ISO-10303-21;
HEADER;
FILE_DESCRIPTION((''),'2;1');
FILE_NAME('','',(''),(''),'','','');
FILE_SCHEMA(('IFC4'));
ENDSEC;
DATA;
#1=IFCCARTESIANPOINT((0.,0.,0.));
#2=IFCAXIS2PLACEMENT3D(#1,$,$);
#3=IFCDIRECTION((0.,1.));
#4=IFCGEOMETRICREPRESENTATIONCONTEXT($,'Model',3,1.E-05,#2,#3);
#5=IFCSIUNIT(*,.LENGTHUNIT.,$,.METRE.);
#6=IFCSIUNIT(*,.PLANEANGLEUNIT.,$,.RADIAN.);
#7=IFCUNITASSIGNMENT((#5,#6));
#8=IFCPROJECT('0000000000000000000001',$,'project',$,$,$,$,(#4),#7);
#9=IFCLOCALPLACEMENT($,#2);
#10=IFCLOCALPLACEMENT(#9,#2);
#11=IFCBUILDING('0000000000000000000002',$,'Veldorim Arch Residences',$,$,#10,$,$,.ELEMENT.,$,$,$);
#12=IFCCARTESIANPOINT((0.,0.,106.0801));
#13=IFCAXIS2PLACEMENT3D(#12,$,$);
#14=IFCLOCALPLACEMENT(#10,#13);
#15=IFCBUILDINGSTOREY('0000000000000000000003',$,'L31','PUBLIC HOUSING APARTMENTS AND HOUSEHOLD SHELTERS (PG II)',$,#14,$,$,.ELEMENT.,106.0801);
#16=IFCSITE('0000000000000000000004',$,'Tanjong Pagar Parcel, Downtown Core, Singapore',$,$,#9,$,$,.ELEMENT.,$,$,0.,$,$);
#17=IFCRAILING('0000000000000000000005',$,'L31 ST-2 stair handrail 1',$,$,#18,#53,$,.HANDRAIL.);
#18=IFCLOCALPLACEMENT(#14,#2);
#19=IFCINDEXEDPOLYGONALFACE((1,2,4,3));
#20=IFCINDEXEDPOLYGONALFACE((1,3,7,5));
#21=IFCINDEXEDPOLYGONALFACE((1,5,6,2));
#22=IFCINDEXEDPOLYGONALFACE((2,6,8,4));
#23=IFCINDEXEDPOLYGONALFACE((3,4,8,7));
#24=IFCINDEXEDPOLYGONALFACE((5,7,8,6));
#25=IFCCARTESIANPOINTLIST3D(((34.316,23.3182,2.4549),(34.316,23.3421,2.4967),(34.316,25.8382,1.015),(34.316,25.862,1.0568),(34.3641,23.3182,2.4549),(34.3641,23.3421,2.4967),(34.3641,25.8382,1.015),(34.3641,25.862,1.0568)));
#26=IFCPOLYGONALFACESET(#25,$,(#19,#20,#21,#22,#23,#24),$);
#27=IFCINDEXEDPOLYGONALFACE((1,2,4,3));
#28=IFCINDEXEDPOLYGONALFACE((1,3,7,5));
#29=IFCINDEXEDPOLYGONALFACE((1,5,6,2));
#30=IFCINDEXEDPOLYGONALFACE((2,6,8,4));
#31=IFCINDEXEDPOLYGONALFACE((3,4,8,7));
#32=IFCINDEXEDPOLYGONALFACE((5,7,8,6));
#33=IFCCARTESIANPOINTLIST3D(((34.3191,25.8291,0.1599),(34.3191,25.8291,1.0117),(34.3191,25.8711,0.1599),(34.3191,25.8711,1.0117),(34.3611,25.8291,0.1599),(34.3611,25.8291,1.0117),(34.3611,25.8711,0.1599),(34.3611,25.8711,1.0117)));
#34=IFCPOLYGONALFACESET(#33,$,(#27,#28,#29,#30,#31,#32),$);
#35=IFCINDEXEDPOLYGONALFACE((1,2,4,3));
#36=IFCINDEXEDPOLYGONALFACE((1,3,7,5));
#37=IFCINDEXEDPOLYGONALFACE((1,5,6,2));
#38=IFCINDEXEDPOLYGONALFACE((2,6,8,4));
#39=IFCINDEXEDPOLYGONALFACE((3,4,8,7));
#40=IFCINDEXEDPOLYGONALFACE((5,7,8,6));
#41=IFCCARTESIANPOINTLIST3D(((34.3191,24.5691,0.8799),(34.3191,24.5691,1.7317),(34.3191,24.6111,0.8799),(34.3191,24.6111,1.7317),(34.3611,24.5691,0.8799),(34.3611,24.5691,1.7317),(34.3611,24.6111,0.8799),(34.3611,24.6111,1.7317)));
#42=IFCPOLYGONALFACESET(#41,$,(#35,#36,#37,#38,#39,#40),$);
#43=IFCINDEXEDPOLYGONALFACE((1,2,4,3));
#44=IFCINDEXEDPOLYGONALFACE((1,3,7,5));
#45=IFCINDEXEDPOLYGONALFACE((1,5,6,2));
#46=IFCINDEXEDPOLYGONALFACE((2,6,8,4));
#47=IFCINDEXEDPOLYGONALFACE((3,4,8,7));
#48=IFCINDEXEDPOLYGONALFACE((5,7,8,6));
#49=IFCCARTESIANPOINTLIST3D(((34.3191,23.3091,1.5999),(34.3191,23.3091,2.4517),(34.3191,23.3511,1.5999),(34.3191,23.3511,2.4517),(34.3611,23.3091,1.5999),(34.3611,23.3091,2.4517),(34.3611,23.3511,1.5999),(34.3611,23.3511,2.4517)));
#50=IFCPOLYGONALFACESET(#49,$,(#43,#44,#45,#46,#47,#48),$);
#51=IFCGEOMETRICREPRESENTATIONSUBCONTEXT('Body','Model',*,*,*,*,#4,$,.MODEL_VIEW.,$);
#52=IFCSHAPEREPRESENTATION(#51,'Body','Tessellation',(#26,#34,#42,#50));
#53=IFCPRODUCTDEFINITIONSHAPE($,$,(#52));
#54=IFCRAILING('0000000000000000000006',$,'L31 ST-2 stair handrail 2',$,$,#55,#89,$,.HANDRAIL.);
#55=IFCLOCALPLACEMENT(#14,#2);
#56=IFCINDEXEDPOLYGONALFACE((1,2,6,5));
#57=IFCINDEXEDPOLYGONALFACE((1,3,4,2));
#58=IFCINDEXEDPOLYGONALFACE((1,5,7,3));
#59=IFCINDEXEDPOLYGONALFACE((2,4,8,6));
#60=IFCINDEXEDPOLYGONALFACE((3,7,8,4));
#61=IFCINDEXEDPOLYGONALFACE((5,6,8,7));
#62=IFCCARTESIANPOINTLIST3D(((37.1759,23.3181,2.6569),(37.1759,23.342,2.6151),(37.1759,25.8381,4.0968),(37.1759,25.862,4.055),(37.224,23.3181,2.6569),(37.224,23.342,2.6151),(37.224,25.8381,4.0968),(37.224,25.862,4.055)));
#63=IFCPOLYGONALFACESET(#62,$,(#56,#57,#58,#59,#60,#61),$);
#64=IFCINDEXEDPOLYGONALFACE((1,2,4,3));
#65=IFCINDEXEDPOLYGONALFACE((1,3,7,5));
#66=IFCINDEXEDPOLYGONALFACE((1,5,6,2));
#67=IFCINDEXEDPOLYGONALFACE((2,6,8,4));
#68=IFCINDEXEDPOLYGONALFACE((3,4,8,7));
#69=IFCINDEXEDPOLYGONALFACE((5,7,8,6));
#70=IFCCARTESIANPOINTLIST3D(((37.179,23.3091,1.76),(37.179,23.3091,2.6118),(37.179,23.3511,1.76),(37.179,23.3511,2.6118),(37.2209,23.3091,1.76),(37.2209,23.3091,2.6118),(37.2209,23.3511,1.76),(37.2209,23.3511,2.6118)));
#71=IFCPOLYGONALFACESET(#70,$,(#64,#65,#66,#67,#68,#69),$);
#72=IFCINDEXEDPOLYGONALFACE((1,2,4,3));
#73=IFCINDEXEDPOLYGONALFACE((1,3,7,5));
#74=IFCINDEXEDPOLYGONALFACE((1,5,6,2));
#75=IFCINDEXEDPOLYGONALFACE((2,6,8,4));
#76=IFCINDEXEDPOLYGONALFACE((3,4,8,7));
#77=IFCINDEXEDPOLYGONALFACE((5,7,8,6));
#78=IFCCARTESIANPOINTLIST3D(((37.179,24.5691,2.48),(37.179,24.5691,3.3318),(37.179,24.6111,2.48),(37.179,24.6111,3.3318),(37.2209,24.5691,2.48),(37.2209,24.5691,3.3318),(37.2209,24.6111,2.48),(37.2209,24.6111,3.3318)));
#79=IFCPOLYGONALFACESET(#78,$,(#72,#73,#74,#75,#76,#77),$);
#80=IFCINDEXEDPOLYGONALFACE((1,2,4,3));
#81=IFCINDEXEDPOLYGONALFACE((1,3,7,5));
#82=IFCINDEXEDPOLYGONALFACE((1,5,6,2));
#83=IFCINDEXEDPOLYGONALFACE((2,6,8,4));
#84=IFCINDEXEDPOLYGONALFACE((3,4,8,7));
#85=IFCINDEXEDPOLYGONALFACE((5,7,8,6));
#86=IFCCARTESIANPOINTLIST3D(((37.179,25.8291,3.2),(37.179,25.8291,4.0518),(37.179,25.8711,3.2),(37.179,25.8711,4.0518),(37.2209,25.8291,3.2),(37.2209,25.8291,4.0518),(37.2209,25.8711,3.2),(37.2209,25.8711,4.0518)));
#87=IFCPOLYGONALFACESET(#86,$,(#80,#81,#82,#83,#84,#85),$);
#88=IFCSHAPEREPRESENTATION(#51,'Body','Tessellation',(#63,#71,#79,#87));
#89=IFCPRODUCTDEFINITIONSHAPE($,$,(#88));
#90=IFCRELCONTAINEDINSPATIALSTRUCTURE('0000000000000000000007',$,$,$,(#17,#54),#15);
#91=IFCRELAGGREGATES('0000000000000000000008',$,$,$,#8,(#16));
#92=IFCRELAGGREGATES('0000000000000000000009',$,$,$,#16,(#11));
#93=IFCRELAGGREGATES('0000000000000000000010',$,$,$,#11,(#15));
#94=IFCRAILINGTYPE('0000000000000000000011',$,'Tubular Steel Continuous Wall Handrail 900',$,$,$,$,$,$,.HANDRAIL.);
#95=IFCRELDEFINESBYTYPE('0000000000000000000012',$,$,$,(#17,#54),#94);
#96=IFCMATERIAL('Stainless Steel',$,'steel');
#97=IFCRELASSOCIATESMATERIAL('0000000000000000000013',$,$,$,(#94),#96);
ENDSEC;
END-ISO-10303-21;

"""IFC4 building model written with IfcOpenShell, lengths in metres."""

from ifc_helpers import new_model, si_unit, direction, frame, origin, origin_2d, place, context, subcontext, project, spatial, rectangle, extrude, material, type_object, element, save


model = new_model("IFC4")

# Units and contexts
model_context = context("Model", 3, precision=1e-05, world=origin(), true_north=direction((0.0, 1.0)))
body_context = subcontext(model_context, "Body", "Model", "MODEL_VIEW")
ifc_project = project(units=[si_unit("LENGTHUNIT", "METRE"), si_unit("PLANEANGLEUNIT", "RADIAN")], contexts=[model_context])

# Site, building, storey
site_placement = place(None, origin())
site = spatial("IfcSite", under=ifc_project, at=site_placement, Name="Tanjong Pagar Parcel, Downtown Core, Singapore", CompositionType="ELEMENT", RefElevation=0.0)
building_placement = place(site_placement, origin())
building = spatial("IfcBuilding", under=site, at=building_placement, Name="Veldorim Arch Residences", CompositionType="ELEMENT")
storey_placement = place(building_placement, frame((0.0, 0.0, 106.0801)))
storey = spatial("IfcBuildingStorey", under=building, at=storey_placement, Name="L31", Description="PUBLIC HOUSING APARTMENTS AND HOUSEHOLD SHELTERS (PG II)", CompositionType="ELEMENT", Elevation=106.0801)

# Railings
ifc_material_1 = material(Name="Stainless Steel", Category="steel")
railing_type_1 = type_object("IfcRailingType", Name="Tubular Steel Continuous Wall Handrail 900", PredefinedType="HANDRAIL", material=ifc_material_1)
railing_1_placement = place(storey_placement, frame((34.3401, 25.8501, 0.1599)))
element("IfcRailing", 1, at=railing_1_placement, inside=storey, type_object=railing_type_1, Name="L31 ST-2 stair handrail 1", PredefinedType="HANDRAIL", context=body_context, shape_type="SweptSolid", body=[
    extrude(rectangle(XDim=0.0481, YDim=0.0481, at=origin_2d()), frame((0.0, 0.0, 0.876), z_axis=(0.0, -0.868253, 0.496121), x_axis=(1.0, 0.0, 0.0)), (0.0, 0.0, 1.0), 2.9023),
    extrude(rectangle(XDim=0.042, YDim=0.042, at=origin_2d()), origin(), (0.0, 0.0, 1.0), 0.8518),
    extrude(rectangle(XDim=0.042, YDim=0.042, at=origin_2d()), frame((0.0, -1.26, 0.72)), (0.0, 0.0, 1.0), 0.8518),
    extrude(rectangle(XDim=0.042, YDim=0.042, at=origin_2d()), frame((0.0, -2.52, 1.4399)), (0.0, 0.0, 1.0), 0.8518),
])
railing_2_placement = place(storey_placement, frame((37.2, 23.3301, 1.76)))
element("IfcRailing", 2, at=railing_2_placement, inside=storey, type_object=railing_type_1, Name="L31 ST-2 stair handrail 2", PredefinedType="HANDRAIL", context=body_context, shape_type="SweptSolid", body=[
    extrude(rectangle(XDim=0.0481, YDim=0.0481, at=origin_2d()), frame((0.0, 0.0, 0.876), z_axis=(0.0, 0.868253, 0.496121), x_axis=(-1.0, 0.0, 0.0)), (0.0, 0.0, 1.0), 2.9023),
    extrude(rectangle(XDim=0.042, YDim=0.042, at=origin_2d()), origin(), (0.0, 0.0, 1.0), 0.8518),
    extrude(rectangle(XDim=0.042, YDim=0.042, at=origin_2d()), frame((0.0, 1.26, 0.72)), (0.0, 0.0, 1.0), 0.8518),
    extrude(rectangle(XDim=0.042, YDim=0.042, at=origin_2d()), frame((0.0, 2.52, 1.4399)), (0.0, 0.0, 1.0), 0.8518),
])

save(model, "model.ifc")
